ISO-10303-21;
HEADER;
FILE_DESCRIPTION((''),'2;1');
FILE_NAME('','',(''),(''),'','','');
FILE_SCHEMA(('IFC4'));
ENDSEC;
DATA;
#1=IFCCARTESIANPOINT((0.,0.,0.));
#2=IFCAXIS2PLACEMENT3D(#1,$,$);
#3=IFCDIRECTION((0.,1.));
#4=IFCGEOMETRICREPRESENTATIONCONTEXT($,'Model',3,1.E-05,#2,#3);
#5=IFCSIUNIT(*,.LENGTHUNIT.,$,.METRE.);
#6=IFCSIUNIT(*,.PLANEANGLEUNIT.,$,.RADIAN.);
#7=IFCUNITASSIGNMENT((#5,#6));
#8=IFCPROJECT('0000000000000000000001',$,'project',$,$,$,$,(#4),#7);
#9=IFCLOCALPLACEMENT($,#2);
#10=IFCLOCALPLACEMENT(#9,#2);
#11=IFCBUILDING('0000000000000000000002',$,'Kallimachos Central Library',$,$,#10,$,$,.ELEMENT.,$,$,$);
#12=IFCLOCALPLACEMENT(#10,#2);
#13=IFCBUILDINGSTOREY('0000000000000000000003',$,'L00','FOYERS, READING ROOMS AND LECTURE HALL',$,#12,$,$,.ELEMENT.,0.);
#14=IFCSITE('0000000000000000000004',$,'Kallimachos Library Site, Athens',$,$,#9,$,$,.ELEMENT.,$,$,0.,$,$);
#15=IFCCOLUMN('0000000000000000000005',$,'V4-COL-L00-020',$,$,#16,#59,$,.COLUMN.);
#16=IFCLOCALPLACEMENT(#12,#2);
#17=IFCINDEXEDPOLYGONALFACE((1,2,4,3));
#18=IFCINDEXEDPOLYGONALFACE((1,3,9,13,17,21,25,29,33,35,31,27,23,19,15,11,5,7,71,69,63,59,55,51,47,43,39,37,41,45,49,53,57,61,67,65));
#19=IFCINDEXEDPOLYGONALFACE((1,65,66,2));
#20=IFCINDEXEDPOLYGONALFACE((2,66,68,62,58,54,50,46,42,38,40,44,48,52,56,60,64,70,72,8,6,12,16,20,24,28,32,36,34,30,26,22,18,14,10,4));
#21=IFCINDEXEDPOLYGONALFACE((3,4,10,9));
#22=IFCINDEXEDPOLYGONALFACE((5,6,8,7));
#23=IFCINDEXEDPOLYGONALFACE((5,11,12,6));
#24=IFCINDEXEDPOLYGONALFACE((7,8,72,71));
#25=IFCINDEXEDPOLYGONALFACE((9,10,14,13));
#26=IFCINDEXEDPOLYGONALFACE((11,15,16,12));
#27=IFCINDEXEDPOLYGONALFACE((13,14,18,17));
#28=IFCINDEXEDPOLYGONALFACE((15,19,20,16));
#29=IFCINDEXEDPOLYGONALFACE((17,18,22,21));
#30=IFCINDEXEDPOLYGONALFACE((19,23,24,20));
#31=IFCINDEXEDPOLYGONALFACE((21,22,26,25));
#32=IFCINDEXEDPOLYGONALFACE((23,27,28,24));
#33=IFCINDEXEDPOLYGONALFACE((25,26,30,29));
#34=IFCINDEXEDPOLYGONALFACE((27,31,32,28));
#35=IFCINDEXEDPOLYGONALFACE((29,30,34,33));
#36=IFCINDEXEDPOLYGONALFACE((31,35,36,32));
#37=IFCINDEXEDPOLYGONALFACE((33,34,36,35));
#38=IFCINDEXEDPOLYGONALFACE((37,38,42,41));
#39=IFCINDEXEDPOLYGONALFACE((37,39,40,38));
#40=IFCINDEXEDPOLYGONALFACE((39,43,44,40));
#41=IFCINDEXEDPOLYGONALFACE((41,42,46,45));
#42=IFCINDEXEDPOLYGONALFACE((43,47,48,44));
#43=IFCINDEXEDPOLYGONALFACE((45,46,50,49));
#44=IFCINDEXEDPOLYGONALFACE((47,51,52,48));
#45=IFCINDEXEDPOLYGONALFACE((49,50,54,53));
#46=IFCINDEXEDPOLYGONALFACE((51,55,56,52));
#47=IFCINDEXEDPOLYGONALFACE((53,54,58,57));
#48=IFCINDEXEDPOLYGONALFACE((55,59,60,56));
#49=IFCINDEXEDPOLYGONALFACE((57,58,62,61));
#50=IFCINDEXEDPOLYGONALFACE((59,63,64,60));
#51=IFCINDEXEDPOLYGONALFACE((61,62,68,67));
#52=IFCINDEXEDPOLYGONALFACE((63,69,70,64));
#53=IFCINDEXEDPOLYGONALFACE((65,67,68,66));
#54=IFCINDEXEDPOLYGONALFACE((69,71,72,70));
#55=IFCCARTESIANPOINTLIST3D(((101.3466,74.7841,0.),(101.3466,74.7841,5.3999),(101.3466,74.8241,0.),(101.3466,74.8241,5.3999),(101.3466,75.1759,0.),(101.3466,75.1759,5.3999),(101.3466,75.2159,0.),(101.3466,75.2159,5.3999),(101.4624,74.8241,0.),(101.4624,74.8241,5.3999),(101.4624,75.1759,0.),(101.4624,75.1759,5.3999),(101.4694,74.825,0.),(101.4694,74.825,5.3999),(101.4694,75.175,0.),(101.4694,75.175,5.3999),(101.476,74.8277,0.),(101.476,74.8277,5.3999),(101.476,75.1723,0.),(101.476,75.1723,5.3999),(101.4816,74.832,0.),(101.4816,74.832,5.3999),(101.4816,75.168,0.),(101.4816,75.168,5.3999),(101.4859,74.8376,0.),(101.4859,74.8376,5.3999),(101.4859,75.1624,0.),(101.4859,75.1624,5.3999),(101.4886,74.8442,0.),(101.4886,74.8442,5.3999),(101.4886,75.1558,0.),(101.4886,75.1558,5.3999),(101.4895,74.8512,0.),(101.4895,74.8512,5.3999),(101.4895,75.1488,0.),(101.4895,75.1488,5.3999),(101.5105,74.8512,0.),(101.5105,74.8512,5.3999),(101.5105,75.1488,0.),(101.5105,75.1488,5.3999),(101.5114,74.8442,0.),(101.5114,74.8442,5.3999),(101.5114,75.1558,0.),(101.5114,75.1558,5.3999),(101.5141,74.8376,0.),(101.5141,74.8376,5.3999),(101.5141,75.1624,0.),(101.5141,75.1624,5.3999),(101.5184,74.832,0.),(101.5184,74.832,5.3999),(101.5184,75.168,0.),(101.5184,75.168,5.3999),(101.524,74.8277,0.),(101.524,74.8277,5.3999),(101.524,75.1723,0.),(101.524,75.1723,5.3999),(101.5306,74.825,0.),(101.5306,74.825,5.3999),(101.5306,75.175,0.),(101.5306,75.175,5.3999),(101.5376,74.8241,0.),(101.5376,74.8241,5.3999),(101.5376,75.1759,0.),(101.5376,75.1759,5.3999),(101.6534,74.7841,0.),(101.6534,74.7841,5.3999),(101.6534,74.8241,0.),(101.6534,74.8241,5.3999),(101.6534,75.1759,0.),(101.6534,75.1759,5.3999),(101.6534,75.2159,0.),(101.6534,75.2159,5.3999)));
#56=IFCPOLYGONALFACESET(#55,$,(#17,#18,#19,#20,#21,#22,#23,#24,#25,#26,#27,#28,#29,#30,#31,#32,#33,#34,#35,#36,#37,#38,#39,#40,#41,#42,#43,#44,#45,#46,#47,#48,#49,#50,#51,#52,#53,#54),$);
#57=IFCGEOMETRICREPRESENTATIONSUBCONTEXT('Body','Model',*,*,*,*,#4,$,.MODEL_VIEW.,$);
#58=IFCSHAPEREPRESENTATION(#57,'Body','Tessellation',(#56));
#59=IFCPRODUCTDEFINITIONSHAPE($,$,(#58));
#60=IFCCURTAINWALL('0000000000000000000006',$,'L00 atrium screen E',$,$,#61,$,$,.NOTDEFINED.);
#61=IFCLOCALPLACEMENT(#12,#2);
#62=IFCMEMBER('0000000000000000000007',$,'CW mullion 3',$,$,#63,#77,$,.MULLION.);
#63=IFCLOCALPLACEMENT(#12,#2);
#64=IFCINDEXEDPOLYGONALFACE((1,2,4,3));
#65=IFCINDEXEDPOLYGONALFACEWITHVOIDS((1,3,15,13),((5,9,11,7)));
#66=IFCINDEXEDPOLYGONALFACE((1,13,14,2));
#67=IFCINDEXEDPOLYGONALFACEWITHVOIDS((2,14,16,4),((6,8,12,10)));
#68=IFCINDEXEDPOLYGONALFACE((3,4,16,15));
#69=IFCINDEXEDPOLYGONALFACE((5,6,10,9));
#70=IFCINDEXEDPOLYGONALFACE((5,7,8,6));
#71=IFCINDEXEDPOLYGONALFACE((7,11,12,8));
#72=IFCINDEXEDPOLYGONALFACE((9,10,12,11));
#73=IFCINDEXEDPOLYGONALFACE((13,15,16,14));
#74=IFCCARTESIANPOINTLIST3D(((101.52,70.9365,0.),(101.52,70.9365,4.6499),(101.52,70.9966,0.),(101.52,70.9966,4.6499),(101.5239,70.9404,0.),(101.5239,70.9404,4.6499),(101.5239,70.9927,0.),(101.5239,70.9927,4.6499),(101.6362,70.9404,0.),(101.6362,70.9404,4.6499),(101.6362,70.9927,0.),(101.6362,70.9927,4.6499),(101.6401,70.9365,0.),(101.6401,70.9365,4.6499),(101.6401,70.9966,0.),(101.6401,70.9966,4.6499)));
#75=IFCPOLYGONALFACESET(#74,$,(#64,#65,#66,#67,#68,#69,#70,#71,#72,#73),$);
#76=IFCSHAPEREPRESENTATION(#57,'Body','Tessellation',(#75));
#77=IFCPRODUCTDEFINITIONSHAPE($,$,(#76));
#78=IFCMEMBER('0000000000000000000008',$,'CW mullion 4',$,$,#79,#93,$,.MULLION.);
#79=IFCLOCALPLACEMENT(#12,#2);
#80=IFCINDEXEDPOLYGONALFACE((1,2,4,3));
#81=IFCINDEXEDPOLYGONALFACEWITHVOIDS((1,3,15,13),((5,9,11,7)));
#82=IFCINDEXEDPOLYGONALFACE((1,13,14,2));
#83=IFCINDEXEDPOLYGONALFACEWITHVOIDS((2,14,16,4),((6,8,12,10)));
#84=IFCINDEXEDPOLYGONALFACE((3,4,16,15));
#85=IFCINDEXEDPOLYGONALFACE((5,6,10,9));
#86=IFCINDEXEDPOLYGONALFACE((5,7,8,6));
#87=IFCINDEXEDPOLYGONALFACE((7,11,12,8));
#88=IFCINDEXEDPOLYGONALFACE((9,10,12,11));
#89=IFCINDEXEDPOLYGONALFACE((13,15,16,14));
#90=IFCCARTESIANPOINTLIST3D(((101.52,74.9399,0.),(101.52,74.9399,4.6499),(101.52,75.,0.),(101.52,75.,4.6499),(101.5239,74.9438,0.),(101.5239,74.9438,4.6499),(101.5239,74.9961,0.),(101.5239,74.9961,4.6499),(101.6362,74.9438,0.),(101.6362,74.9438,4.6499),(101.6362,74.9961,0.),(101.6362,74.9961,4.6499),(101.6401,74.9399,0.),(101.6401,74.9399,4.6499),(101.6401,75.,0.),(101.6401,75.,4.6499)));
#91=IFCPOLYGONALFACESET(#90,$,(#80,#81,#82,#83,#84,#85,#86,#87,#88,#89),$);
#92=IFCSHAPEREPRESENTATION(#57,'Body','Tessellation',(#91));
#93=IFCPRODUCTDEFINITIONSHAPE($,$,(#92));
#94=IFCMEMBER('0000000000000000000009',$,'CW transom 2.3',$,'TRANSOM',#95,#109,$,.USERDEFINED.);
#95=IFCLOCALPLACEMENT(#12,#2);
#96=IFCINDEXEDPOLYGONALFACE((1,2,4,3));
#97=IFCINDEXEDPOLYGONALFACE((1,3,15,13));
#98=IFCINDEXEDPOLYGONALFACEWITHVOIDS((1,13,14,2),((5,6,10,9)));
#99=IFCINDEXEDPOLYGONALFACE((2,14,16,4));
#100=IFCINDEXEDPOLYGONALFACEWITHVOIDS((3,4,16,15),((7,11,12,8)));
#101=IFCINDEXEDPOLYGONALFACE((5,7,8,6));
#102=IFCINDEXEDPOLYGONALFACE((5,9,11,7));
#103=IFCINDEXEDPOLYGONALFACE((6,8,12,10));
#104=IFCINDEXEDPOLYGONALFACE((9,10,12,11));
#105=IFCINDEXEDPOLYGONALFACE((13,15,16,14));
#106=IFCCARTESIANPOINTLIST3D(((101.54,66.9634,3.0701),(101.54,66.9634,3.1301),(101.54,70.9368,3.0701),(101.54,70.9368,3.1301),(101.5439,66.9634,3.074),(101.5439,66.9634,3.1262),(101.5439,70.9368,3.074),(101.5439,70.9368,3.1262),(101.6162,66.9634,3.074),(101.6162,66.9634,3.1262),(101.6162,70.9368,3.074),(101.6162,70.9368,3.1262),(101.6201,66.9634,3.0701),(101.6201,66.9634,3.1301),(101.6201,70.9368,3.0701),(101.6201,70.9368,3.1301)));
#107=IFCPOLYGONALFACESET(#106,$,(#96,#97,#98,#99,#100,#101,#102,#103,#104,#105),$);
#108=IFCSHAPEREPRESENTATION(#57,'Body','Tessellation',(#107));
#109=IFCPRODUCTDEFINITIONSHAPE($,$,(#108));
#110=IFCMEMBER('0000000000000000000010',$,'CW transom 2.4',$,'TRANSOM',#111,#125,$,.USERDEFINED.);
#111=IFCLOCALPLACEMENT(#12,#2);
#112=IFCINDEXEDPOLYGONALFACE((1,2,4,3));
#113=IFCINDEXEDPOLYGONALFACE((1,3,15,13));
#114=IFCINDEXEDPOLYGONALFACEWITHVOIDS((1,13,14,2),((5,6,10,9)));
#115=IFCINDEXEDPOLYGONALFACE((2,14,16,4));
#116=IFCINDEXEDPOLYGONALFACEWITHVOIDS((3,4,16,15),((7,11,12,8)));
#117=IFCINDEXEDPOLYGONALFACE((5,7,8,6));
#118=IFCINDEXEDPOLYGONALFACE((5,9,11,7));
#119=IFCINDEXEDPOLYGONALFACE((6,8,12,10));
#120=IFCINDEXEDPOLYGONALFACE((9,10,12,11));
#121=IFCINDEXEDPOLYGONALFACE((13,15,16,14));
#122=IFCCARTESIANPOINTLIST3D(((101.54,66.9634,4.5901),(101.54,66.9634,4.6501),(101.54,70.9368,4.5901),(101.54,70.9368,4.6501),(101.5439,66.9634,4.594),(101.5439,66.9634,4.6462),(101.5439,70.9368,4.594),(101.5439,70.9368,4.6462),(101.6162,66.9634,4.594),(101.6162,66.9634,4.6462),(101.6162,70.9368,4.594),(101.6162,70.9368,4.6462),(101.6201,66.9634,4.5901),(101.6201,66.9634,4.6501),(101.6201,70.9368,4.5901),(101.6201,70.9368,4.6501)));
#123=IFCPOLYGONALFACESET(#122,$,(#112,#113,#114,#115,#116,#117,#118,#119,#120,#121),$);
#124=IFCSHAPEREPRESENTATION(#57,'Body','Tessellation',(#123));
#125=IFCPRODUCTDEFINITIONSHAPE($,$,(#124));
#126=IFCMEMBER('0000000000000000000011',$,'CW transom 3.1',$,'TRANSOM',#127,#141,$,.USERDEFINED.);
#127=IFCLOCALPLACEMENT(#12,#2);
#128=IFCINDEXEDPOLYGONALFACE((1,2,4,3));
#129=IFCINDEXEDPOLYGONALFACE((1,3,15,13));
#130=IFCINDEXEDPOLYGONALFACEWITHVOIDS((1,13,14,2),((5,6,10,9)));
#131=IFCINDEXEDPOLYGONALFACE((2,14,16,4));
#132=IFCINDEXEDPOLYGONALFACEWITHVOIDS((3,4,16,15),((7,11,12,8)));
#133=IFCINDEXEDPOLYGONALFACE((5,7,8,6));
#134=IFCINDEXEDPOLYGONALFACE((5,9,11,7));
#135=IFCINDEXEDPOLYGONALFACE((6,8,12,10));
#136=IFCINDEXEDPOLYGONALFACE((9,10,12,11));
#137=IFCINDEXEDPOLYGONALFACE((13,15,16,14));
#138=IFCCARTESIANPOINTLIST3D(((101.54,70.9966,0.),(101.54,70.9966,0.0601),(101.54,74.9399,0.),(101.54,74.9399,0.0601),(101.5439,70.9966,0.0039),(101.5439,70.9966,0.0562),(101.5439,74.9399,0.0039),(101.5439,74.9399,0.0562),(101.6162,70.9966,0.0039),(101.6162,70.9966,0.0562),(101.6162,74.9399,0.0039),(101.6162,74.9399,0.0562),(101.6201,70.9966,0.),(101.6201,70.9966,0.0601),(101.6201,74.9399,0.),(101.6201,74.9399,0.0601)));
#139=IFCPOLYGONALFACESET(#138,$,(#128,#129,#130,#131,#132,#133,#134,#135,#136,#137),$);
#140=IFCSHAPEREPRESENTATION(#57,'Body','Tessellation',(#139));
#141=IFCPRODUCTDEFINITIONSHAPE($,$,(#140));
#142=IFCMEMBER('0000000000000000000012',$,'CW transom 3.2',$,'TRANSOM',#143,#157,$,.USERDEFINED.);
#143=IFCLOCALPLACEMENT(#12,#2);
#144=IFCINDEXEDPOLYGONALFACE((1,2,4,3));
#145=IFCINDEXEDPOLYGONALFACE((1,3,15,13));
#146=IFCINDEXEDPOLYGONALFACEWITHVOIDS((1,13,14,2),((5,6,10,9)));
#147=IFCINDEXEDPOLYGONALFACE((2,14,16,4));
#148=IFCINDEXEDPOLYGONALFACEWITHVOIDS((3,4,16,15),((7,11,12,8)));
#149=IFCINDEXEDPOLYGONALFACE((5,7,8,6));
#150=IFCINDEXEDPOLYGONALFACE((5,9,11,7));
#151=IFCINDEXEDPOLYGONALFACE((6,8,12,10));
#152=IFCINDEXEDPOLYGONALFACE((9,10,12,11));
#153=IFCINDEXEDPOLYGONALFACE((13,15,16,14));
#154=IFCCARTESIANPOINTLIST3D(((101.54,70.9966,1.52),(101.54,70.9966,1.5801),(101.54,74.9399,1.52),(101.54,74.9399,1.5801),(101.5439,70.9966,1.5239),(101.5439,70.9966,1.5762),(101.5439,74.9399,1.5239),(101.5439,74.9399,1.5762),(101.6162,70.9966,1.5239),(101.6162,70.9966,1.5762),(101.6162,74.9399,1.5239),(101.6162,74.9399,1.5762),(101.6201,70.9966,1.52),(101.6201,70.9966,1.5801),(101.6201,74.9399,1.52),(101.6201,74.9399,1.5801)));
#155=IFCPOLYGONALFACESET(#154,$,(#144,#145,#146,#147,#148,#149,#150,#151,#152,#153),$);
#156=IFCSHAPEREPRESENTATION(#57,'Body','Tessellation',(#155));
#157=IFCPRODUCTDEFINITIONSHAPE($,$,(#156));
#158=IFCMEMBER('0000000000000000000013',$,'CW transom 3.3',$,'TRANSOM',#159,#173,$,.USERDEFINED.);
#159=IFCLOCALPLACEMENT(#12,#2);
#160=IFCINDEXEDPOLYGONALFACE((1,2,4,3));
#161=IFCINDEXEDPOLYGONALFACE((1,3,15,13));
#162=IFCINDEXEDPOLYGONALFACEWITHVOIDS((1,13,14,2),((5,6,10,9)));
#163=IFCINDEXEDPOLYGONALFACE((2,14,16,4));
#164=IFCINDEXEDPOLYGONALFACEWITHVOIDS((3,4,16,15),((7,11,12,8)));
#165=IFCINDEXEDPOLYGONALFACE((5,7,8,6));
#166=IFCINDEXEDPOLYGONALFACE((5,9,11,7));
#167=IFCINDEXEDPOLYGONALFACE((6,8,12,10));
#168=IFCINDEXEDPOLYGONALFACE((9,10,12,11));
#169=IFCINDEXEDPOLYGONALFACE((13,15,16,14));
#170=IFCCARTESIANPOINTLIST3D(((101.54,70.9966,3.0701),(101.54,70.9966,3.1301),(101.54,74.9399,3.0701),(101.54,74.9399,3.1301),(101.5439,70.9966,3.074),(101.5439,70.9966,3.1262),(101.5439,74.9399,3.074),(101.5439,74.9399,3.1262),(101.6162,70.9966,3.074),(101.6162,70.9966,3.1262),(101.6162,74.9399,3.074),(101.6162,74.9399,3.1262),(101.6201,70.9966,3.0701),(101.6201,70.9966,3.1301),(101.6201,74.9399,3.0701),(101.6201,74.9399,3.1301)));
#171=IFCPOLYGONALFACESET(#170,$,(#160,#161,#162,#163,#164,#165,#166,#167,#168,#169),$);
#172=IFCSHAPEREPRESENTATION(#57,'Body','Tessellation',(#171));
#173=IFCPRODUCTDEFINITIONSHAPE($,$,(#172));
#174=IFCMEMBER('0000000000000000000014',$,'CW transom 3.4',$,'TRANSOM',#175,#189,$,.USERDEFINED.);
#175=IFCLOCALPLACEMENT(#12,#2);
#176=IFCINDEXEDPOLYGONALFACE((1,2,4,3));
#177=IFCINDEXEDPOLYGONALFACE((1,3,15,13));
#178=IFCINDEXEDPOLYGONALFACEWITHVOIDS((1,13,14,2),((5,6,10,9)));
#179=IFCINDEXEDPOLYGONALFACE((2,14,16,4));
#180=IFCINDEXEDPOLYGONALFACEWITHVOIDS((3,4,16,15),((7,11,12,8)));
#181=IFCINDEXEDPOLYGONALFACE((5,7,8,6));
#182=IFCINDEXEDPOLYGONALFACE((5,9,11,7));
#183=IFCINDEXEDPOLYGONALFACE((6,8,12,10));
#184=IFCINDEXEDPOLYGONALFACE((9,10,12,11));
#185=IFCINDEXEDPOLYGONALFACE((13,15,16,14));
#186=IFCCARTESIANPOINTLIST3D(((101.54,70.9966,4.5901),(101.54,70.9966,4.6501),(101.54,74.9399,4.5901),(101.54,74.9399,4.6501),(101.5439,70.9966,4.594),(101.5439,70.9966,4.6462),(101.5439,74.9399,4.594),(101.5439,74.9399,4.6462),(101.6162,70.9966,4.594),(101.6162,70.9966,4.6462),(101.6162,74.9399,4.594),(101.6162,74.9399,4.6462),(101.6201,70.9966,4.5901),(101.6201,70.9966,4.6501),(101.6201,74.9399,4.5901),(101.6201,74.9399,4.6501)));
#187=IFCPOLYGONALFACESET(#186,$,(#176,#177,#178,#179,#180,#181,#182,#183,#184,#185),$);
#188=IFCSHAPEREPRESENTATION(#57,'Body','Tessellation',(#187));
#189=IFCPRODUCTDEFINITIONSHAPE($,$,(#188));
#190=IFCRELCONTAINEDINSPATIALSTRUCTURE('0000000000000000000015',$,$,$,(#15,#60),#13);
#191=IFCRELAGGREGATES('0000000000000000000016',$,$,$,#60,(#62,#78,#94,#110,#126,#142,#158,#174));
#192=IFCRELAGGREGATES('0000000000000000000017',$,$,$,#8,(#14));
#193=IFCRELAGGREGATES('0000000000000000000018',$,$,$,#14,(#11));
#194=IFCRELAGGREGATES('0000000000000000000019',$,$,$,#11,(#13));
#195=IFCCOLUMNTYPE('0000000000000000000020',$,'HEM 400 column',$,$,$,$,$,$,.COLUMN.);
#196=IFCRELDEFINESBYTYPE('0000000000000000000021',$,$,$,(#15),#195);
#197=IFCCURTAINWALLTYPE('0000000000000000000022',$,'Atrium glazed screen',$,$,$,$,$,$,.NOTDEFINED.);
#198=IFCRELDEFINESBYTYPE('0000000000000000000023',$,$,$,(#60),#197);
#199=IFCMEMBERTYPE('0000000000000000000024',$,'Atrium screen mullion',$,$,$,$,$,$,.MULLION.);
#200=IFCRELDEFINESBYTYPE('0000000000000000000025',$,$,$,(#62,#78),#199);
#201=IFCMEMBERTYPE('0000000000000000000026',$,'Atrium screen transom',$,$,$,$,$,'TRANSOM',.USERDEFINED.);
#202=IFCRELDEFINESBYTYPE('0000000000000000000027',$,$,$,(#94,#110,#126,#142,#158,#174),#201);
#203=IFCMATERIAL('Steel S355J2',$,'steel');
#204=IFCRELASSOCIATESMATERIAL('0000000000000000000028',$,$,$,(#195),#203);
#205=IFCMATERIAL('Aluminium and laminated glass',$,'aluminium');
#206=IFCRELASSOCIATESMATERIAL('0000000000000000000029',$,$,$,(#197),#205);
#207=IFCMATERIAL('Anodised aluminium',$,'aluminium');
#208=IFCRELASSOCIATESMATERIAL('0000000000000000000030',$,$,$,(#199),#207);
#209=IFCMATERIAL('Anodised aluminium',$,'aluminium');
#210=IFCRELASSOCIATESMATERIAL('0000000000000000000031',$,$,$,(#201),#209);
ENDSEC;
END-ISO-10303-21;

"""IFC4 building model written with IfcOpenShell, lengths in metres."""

from ifc_helpers import new_model, si_unit, direction, frame, origin, origin_2d, place, context, subcontext, project, spatial, hollow_rectangle, i_section, extrude, material, material_profile, profile_set, type_object, element, aggregate, save


model = new_model("IFC4")

# Units and contexts
model_context = context("Model", 3, precision=1e-05, world=origin(), true_north=direction((0.0, 1.0)))
body_context = subcontext(model_context, "Body", "Model", "MODEL_VIEW")
ifc_project = project(units=[si_unit("LENGTHUNIT", "METRE"), si_unit("PLANEANGLEUNIT", "RADIAN")], contexts=[model_context])

# Site, building, storey
site_placement = place(None, origin())
site = spatial("IfcSite", under=ifc_project, at=site_placement, Name="Kallimachos Library Site, Athens", CompositionType="ELEMENT", RefElevation=0.0)
building_placement = place(site_placement, origin())
building = spatial("IfcBuilding", under=site, at=building_placement, Name="Kallimachos Central Library", CompositionType="ELEMENT")
storey_placement = place(building_placement, origin())
storey = spatial("IfcBuildingStorey", under=building, at=storey_placement, Name="L00", Description="FOYERS, READING ROOMS AND LECTURE HALL", CompositionType="ELEMENT", Elevation=0.0)

# Column
ifc_material_1 = material(Name="Steel S355J2", Category="steel")
ifc_material_profile_1 = material_profile(ifc_material_1, i_section(OverallWidth=0.3069, OverallDepth=0.4319, WebThickness=0.021, FlangeThickness=0.04, FilletRadius=0.0271, at=origin_2d()), Name="HEM 400")
ifc_profile_set_1 = profile_set([ifc_material_profile_1], Name="Steel S355J2")
column_type = type_object("IfcColumnType", Name="HEM 400 column", PredefinedType="COLUMN", material=ifc_profile_set_1)
column_placement = place(storey_placement, frame((101.5, 75.0, 0.0), z_axis=(0.0, 0.0, 1.0), x_axis=(1.0, 0.0, 0.0)))
element("IfcColumn", 1, at=column_placement, inside=storey, type_object=column_type, Name="V4-COL-L00-020", PredefinedType="COLUMN", context=body_context, shape_type="SweptSolid", body=[
    extrude(i_section(OverallWidth=0.3069, OverallDepth=0.4319, WebThickness=0.021, FlangeThickness=0.04, FilletRadius=0.0271, at=origin_2d()), origin(), (0.0, 0.0, 1.0), 5.3999),
])

# Curtain wall, members
ifc_material_2 = material(Name="Aluminium and laminated glass", Category="aluminium")
curtain_wall_type = type_object("IfcCurtainWallType", Name="Atrium glazed screen", PredefinedType="NOTDEFINED", material=ifc_material_2)
curtain_wall_placement = place(storey_placement, origin())
curtain_wall = element("IfcCurtainWall", 2, at=curtain_wall_placement, inside=storey, type_object=curtain_wall_type, Name="L00 atrium screen E", PredefinedType="NOTDEFINED")
ifc_material_3 = material(Name="Anodised aluminium", Category="aluminium")
ifc_material_profile_2 = material_profile(ifc_material_3, hollow_rectangle(XDim=0.0601, YDim=0.1201, WallThickness=0.0039, at=origin_2d()), Name="ALU MULLION 60x120")
ifc_profile_set_2 = profile_set([ifc_material_profile_2], Name="Anodised aluminium")
member_type_1 = type_object("IfcMemberType", Name="Atrium screen mullion", PredefinedType="MULLION", material=ifc_profile_set_2)
member_1_placement = place(storey_placement, frame((101.5801, 70.9666, 0.0), z_axis=(0.0, 0.0, 1.0), x_axis=(0.0, 1.0, 0.0)))
member_1 = element("IfcMember", 3, at=member_1_placement, type_object=member_type_1, Name="CW mullion 3", PredefinedType="MULLION", context=body_context, shape_type="SweptSolid", body=[
    extrude(hollow_rectangle(XDim=0.0601, YDim=0.1201, WallThickness=0.0039, at=origin_2d()), origin(), (0.0, 0.0, 1.0), 4.6499),
])
member_2_placement = place(storey_placement, frame((101.5801, 74.97, 0.0), z_axis=(0.0, 0.0, 1.0), x_axis=(0.0, 1.0, 0.0)))
member_2 = element("IfcMember", 4, at=member_2_placement, type_object=member_type_1, Name="CW mullion 4", PredefinedType="MULLION", context=body_context, shape_type="SweptSolid", body=[
    extrude(hollow_rectangle(XDim=0.0601, YDim=0.1201, WallThickness=0.0039, at=origin_2d()), origin(), (0.0, 0.0, 1.0), 4.6499),
])
ifc_material_4 = material(Name="Anodised aluminium", Category="aluminium")
ifc_material_profile_3 = material_profile(ifc_material_4, hollow_rectangle(XDim=0.0601, YDim=0.0801, WallThickness=0.0039, at=origin_2d()), Name="ALU TRANSOM 60x80")
ifc_profile_set_3 = profile_set([ifc_material_profile_3], Name="Anodised aluminium")
member_type_2 = type_object("IfcMemberType", Name="Atrium screen transom", ElementType="TRANSOM", PredefinedType="USERDEFINED", material=ifc_profile_set_3)
member_3_placement = place(storey_placement, frame((101.5801, 66.9634, 3.1001), z_axis=(0.0, 1.0, 0.0), x_axis=(0.0, 0.0, 1.0)))
member_3 = element("IfcMember", 5, at=member_3_placement, type_object=member_type_2, Name="CW transom 2.3", ObjectType="TRANSOM", PredefinedType="USERDEFINED", context=body_context, shape_type="SweptSolid", body=[
    extrude(hollow_rectangle(XDim=0.0601, YDim=0.0801, WallThickness=0.0039, at=origin_2d()), origin(), (0.0, 0.0, 1.0), 3.9734),
])
member_4_placement = place(storey_placement, frame((101.5801, 66.9634, 4.6201), z_axis=(0.0, 1.0, 0.0), x_axis=(0.0, 0.0, 1.0)))
member_4 = element("IfcMember", 6, at=member_4_placement, type_object=member_type_2, Name="CW transom 2.4", ObjectType="TRANSOM", PredefinedType="USERDEFINED", context=body_context, shape_type="SweptSolid", body=[
    extrude(hollow_rectangle(XDim=0.0601, YDim=0.0801, WallThickness=0.0039, at=origin_2d()), origin(), (0.0, 0.0, 1.0), 3.9734),
])
member_5_placement = place(storey_placement, frame((101.5801, 70.9966, 0.03), z_axis=(0.0, 1.0, 0.0), x_axis=(0.0, 0.0, 1.0)))
member_5 = element("IfcMember", 7, at=member_5_placement, type_object=member_type_2, Name="CW transom 3.1", ObjectType="TRANSOM", PredefinedType="USERDEFINED", context=body_context, shape_type="SweptSolid", body=[
    extrude(hollow_rectangle(XDim=0.0601, YDim=0.0801, WallThickness=0.0039, at=origin_2d()), origin(), (0.0, 0.0, 1.0), 3.9434),
])
member_6_placement = place(storey_placement, frame((101.5801, 70.9966, 1.55), z_axis=(0.0, 1.0, 0.0), x_axis=(0.0, 0.0, 1.0)))
member_6 = element("IfcMember", 8, at=member_6_placement, type_object=member_type_2, Name="CW transom 3.2", ObjectType="TRANSOM", PredefinedType="USERDEFINED", context=body_context, shape_type="SweptSolid", body=[
    extrude(hollow_rectangle(XDim=0.0601, YDim=0.0801, WallThickness=0.0039, at=origin_2d()), origin(), (0.0, 0.0, 1.0), 3.9434),
])
member_7_placement = place(storey_placement, frame((101.5801, 70.9966, 3.1001), z_axis=(0.0, 1.0, 0.0), x_axis=(0.0, 0.0, 1.0)))
member_7 = element("IfcMember", 9, at=member_7_placement, type_object=member_type_2, Name="CW transom 3.3", ObjectType="TRANSOM", PredefinedType="USERDEFINED", context=body_context, shape_type="SweptSolid", body=[
    extrude(hollow_rectangle(XDim=0.0601, YDim=0.0801, WallThickness=0.0039, at=origin_2d()), origin(), (0.0, 0.0, 1.0), 3.9434),
])
member_8_placement = place(storey_placement, frame((101.5801, 70.9966, 4.6201), z_axis=(0.0, 1.0, 0.0), x_axis=(0.0, 0.0, 1.0)))
member_8 = element("IfcMember", 10, at=member_8_placement, type_object=member_type_2, Name="CW transom 3.4", ObjectType="TRANSOM", PredefinedType="USERDEFINED", context=body_context, shape_type="SweptSolid", body=[
    extrude(hollow_rectangle(XDim=0.0601, YDim=0.0801, WallThickness=0.0039, at=origin_2d()), origin(), (0.0, 0.0, 1.0), 3.9434),
])
aggregate(curtain_wall, [member_1, member_2, member_3, member_4, member_5, member_6, member_7, member_8])

save(model, "model.ifc")
